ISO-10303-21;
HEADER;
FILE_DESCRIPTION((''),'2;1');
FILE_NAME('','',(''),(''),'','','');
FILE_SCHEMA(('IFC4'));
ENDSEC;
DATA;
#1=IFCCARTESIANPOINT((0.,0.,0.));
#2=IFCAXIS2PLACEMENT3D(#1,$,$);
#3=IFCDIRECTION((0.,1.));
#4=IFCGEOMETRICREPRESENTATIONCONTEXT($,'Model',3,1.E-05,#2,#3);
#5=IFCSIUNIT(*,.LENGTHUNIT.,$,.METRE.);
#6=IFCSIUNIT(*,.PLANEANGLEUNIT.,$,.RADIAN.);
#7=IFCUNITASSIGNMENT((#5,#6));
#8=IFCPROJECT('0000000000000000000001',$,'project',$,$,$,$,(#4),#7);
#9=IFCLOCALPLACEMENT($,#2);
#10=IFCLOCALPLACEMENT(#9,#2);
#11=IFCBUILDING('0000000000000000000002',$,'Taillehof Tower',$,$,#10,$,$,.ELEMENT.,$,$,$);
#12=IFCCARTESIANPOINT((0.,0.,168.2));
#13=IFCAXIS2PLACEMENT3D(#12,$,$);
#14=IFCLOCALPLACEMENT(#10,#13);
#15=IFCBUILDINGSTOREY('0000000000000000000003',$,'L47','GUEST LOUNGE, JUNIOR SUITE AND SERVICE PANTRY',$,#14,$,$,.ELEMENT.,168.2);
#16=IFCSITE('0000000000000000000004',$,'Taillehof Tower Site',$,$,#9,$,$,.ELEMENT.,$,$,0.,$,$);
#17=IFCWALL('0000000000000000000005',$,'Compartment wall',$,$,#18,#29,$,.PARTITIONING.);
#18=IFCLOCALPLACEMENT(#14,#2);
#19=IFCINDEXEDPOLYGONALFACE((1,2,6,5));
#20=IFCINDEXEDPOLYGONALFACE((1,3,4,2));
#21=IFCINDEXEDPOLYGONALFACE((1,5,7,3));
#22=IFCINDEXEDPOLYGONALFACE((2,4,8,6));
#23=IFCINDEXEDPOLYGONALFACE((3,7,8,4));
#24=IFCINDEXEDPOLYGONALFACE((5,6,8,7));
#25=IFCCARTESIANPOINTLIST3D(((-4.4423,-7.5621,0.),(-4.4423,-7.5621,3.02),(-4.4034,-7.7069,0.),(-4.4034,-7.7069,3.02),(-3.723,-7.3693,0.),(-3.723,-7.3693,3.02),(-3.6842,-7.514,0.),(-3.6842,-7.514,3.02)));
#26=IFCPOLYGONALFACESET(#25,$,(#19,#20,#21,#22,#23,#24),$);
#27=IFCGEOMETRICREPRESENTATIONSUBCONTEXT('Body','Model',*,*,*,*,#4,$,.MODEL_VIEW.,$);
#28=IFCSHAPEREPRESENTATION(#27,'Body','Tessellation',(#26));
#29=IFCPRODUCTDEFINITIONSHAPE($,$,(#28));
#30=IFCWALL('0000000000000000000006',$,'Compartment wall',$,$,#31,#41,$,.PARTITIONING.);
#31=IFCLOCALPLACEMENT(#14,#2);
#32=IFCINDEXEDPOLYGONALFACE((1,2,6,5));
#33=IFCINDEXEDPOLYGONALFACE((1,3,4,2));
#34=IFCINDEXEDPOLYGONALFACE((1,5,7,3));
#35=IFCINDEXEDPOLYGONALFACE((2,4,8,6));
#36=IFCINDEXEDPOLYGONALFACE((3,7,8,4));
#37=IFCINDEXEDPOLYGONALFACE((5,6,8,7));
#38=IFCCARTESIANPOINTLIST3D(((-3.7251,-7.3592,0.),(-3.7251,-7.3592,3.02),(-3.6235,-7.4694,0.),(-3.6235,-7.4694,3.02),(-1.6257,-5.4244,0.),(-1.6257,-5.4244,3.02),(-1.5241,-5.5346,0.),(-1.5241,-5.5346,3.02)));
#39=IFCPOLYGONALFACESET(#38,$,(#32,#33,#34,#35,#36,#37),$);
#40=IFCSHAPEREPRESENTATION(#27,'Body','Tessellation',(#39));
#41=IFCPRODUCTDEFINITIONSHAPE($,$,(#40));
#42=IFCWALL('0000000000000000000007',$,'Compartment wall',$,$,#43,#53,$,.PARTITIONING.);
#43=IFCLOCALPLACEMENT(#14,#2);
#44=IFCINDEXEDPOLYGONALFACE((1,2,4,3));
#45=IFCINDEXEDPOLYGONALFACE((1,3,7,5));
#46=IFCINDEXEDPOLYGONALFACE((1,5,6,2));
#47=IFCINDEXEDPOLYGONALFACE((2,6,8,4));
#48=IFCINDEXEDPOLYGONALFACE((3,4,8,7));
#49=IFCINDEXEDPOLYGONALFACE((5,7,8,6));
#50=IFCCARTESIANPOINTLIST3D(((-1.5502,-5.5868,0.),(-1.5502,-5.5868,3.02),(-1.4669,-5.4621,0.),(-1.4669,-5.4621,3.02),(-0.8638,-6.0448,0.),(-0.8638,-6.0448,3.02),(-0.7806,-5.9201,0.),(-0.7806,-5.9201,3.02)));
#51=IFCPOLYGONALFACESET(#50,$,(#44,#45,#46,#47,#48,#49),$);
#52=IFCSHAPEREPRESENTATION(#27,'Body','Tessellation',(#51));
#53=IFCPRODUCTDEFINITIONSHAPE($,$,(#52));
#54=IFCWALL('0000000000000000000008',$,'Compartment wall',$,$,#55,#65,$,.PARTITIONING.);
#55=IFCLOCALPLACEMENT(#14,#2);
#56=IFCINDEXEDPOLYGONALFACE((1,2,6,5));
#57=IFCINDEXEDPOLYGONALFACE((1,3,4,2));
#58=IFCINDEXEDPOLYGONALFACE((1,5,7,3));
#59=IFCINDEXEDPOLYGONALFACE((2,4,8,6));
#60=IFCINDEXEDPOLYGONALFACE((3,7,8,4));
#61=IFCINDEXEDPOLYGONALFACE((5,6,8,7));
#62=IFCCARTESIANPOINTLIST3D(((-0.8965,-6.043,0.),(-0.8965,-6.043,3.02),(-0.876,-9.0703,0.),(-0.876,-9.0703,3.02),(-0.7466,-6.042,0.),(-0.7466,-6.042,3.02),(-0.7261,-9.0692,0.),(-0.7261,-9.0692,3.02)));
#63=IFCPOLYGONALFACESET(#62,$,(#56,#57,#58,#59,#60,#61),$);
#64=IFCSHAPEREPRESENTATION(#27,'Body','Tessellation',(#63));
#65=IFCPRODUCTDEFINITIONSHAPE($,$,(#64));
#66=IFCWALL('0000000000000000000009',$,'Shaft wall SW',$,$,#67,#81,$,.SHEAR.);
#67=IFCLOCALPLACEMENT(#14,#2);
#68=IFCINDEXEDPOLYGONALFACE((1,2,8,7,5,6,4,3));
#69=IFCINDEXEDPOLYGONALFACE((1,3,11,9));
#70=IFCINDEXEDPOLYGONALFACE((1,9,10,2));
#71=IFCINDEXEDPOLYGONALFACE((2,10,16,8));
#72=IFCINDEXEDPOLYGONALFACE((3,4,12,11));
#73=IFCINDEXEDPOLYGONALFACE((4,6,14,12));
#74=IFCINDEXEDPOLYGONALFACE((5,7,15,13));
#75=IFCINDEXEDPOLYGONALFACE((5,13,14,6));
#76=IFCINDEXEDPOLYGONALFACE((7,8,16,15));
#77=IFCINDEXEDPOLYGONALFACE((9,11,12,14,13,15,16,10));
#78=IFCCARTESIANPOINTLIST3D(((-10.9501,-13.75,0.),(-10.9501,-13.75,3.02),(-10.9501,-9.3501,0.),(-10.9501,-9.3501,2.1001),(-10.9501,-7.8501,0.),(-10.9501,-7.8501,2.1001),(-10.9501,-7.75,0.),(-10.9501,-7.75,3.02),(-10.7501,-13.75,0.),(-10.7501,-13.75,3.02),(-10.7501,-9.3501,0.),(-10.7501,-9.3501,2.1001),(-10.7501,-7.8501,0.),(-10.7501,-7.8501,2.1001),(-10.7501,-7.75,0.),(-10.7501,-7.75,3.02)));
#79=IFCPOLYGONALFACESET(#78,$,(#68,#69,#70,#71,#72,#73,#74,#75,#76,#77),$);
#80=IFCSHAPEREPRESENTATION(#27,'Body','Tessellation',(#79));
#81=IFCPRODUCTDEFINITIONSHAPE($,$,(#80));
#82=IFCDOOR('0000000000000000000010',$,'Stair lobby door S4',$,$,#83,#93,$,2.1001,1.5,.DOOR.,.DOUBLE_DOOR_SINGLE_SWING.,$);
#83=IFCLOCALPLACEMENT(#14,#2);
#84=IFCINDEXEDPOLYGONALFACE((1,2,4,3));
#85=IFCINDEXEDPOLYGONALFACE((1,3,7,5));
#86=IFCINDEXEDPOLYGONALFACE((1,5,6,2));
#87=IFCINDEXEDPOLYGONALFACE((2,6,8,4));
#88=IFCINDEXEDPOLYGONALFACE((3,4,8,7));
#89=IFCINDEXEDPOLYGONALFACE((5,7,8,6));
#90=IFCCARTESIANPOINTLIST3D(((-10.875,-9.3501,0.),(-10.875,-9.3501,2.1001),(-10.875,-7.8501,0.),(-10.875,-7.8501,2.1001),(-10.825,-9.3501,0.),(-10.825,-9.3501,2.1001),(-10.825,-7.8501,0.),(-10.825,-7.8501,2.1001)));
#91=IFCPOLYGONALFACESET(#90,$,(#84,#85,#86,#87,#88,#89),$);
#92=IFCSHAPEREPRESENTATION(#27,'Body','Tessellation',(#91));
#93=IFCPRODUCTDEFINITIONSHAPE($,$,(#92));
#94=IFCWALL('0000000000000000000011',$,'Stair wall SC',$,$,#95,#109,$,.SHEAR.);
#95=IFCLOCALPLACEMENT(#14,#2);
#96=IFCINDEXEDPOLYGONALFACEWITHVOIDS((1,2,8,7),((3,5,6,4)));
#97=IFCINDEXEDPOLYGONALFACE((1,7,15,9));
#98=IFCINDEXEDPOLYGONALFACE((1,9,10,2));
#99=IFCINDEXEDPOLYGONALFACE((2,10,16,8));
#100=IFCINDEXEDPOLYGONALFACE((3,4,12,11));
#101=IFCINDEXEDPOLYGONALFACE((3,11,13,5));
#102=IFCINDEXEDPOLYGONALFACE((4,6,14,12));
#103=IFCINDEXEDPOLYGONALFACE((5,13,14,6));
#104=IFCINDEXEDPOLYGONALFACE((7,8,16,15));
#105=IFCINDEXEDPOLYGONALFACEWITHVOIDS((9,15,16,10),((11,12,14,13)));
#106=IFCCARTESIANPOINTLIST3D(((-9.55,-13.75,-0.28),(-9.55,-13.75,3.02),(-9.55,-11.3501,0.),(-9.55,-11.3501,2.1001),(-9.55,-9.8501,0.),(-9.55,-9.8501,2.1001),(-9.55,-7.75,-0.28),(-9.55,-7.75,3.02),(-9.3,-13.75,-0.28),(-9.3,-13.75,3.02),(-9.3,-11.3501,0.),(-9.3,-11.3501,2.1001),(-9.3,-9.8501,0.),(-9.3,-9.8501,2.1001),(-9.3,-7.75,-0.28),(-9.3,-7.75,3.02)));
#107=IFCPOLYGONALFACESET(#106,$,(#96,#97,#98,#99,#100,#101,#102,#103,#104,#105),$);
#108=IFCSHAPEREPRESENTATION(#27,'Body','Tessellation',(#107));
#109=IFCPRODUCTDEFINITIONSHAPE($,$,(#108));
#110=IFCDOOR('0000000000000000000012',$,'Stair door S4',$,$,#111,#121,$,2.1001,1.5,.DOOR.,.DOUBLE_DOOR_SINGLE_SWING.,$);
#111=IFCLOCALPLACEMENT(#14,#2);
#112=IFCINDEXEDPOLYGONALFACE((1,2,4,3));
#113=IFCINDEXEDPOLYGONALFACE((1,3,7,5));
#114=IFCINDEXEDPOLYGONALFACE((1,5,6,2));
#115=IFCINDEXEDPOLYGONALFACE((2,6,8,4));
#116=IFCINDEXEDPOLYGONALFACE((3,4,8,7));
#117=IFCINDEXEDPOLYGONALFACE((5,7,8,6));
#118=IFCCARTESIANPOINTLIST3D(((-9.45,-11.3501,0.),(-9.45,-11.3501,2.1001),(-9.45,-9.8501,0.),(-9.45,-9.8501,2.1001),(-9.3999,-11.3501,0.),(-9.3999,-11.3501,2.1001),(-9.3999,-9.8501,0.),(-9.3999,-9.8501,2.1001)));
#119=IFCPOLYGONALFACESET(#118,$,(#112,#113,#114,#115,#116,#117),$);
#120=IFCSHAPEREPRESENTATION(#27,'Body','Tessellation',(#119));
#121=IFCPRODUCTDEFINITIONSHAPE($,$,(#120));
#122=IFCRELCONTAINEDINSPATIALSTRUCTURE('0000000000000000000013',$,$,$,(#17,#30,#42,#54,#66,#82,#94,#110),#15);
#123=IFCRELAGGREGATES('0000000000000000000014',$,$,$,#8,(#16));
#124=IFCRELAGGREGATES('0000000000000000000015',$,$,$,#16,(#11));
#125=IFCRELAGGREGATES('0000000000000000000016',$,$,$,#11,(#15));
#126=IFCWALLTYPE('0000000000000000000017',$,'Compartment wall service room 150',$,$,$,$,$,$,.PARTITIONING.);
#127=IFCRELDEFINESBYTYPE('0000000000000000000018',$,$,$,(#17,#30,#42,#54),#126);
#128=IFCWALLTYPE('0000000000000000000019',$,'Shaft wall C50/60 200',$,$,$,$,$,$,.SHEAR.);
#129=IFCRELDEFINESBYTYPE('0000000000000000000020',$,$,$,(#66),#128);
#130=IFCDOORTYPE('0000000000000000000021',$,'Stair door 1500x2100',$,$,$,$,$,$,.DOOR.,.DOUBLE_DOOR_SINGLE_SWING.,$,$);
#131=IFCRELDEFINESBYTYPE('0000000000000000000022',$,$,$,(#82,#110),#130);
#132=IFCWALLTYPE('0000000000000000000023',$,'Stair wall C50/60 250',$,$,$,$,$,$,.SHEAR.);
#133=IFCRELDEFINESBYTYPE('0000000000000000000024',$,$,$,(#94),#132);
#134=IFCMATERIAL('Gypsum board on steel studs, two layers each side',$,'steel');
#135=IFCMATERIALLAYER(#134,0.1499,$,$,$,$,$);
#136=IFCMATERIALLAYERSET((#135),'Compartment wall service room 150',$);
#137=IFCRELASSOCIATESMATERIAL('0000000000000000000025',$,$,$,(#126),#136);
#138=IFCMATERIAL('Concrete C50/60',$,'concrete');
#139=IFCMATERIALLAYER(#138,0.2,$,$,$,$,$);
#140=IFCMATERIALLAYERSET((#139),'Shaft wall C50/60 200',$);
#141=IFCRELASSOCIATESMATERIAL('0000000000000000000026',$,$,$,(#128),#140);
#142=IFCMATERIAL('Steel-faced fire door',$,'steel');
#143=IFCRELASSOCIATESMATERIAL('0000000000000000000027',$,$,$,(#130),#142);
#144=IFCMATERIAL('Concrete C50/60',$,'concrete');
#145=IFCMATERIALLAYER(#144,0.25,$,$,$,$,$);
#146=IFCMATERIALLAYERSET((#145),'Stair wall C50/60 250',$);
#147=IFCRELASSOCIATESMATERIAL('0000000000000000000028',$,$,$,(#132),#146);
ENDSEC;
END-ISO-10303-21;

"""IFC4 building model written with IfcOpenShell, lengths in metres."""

from ifc_helpers import new_model, si_unit, direction, frame, frame_2d, origin, place, context, subcontext, project, spatial, rectangle, extrude, material, layer, layer_set, type_object, element, fill, save


model = new_model("IFC4")

# Units and contexts
model_context = context("Model", 3, precision=1e-05, world=origin(), true_north=direction((0.0, 1.0)))
body_context = subcontext(model_context, "Body", "Model", "MODEL_VIEW")
ifc_project = project(units=[si_unit("LENGTHUNIT", "METRE"), si_unit("PLANEANGLEUNIT", "RADIAN")], contexts=[model_context])

# Site, building, storey
site_placement = place(None, origin())
site = spatial("IfcSite", under=ifc_project, at=site_placement, Name="Taillehof Tower Site", CompositionType="ELEMENT", RefElevation=0.0)
building_placement = place(site_placement, origin())
building = spatial("IfcBuilding", under=site, at=building_placement, Name="Taillehof Tower", CompositionType="ELEMENT")
storey_placement = place(building_placement, frame((0.0, 0.0, 168.2)))
storey = spatial("IfcBuildingStorey", under=building, at=storey_placement, Name="L47", Description="GUEST LOUNGE, JUNIOR SUITE AND SERVICE PANTRY", CompositionType="ELEMENT", Elevation=168.2)

# Walls
ifc_material_1 = material(Name="Gypsum board on steel studs, two layers each side", Category="steel")
ifc_layer_1 = layer(ifc_material_1, 0.1499)
ifc_layer_set_1 = layer_set([ifc_layer_1], Name="Compartment wall service room 150")
wall_type_1 = type_object("IfcWallType", Name="Compartment wall service room 150", PredefinedType="PARTITIONING", material=ifc_layer_set_1)
wall_1_placement = place(storey_placement, frame((-4.4229, -7.6345, 0.0), z_axis=(0.0, 0.0, 1.0), x_axis=(0.965875, 0.259009, 0.0)))
element("IfcWall", 1, at=wall_1_placement, inside=storey, type_object=wall_type_1, Name="Compartment wall", PredefinedType="PARTITIONING", context=body_context, shape_type="SweptSolid", body=[
    extrude(rectangle(XDim=0.7446, YDim=0.1499, at=frame_2d((0.3723, 0.0))), origin(), (0.0, 0.0, 1.0), 3.02),
])
wall_2_placement = place(storey_placement, frame((-3.6743, -7.4143, 0.0), z_axis=(0.0, 0.0, 1.0), x_axis=(0.735338, 0.677701, 0.0)))
element("IfcWall", 2, at=wall_2_placement, inside=storey, type_object=wall_type_1, Name="Compartment wall", PredefinedType="PARTITIONING", context=body_context, shape_type="SweptSolid", body=[
    extrude(rectangle(XDim=2.855, YDim=0.1499, at=frame_2d((1.4275, 0.0))), origin(), (0.0, 0.0, 1.0), 3.02),
])
wall_3_placement = place(storey_placement, frame((-1.5085, -5.5244, 0.0), z_axis=(0.0, 0.0, 1.0), x_axis=(0.831777, -0.55511, 0.0)))
element("IfcWall", 3, at=wall_3_placement, inside=storey, type_object=wall_type_1, Name="Compartment wall", PredefinedType="PARTITIONING", context=body_context, shape_type="SweptSolid", body=[
    extrude(rectangle(XDim=0.8252, YDim=0.1499, at=frame_2d((0.4126, 0.0))), origin(), (0.0, 0.0, 1.0), 3.02),
])
wall_4_placement = place(storey_placement, frame((-0.8215, -6.0425, 0.0), z_axis=(0.0, 0.0, 1.0), x_axis=(0.006774, -0.999977, 0.0)))
element("IfcWall", 4, at=wall_4_placement, inside=storey, type_object=wall_type_1, Name="Compartment wall", PredefinedType="PARTITIONING", context=body_context, shape_type="SweptSolid", body=[
    extrude(rectangle(XDim=3.0273, YDim=0.1499, at=frame_2d((1.5137, 0.0))), origin(), (0.0, 0.0, 1.0), 3.02),
])

# Walls, openings, doors
ifc_material_2 = material(Name="Concrete C50/60", Category="concrete")
ifc_layer_2 = layer(ifc_material_2, 0.2)
ifc_layer_set_2 = layer_set([ifc_layer_2], Name="Shaft wall C50/60 200")
wall_type_2 = type_object("IfcWallType", Name="Shaft wall C50/60 200", PredefinedType="SHEAR", material=ifc_layer_set_2)
wall_5_placement = place(storey_placement, frame((-10.8501, -13.75, 0.0), z_axis=(0.0, 0.0, 1.0), x_axis=(0.0, 1.0, 0.0)))
wall_5 = element("IfcWall", 5, at=wall_5_placement, inside=storey, type_object=wall_type_2, Name="Shaft wall SW", PredefinedType="SHEAR", context=body_context, shape_type="SweptSolid", body=[
    extrude(rectangle(XDim=6.0, YDim=0.2, at=frame_2d((3.0, 0.0))), origin(), (0.0, 0.0, 1.0), 3.02),
])
opening_1_placement = place(wall_5_placement, frame((4.3999, 0.0, 0.0)))
opening_1 = element("IfcOpeningElement", 6, at=opening_1_placement, cuts=wall_5, PredefinedType="OPENING", context=body_context, shape_type="SweptSolid", body=[
    extrude(rectangle(XDim=1.5, YDim=2.1001, at=frame_2d((0.75, 1.05))), frame((0.0, 0.1099, 0.0), z_axis=(0.0, -1.0, 0.0), x_axis=(1.0, 0.0, 0.0)), (0.0, 0.0, 1.0), 0.22),
])
ifc_material_3 = material(Name="Steel-faced fire door", Category="steel")
door_type_1 = type_object("IfcDoorType", Name="Stair door 1500x2100", OperationType="DOUBLE_DOOR_SINGLE_SWING", PredefinedType="DOOR", material=ifc_material_3)
door_1_placement = place(opening_1_placement, origin())
door_1 = element("IfcDoor", 7, at=door_1_placement, inside=storey, type_object=door_type_1, Name="Stair lobby door S4", OperationType="DOUBLE_DOOR_SINGLE_SWING", OverallHeight=2.1001, OverallWidth=1.5, PredefinedType="DOOR", context=body_context, shape_type="SweptSolid", body=[
    extrude(rectangle(XDim=1.5, YDim=2.1001, at=frame_2d((0.75, 1.05))), frame((0.0, 0.0249, 0.0), z_axis=(0.0, -1.0, 0.0), x_axis=(1.0, 0.0, 0.0)), (0.0, 0.0, 1.0), 0.05),
])
fill(opening_1, door_1)
ifc_material_4 = material(Name="Concrete C50/60", Category="concrete")
ifc_layer_3 = layer(ifc_material_4, 0.25)
ifc_layer_set_3 = layer_set([ifc_layer_3], Name="Stair wall C50/60 250")
wall_type_3 = type_object("IfcWallType", Name="Stair wall C50/60 250", PredefinedType="SHEAR", material=ifc_layer_set_3)
wall_6_placement = place(storey_placement, frame((-9.425, -13.75, -0.28), z_axis=(0.0, 0.0, 1.0), x_axis=(0.0, 1.0, 0.0)))
wall_6 = element("IfcWall", 8, at=wall_6_placement, inside=storey, type_object=wall_type_3, Name="Stair wall SC", PredefinedType="SHEAR", context=body_context, shape_type="SweptSolid", body=[
    extrude(rectangle(XDim=6.0, YDim=0.25, at=frame_2d((3.0, 0.0))), origin(), (0.0, 0.0, 1.0), 3.3),
])
opening_2_placement = place(wall_6_placement, frame((2.3999, 0.0, 0.28)))
opening_2 = element("IfcOpeningElement", 9, at=opening_2_placement, cuts=wall_6, PredefinedType="OPENING", context=body_context, shape_type="SweptSolid", body=[
    extrude(rectangle(XDim=1.5, YDim=2.1001, at=frame_2d((0.75, 1.05))), frame((0.0, 0.135, 0.0), z_axis=(0.0, -1.0, 0.0), x_axis=(1.0, 0.0, 0.0)), (0.0, 0.0, 1.0), 0.27),
])
door_2_placement = place(opening_2_placement, origin())
door_2 = element("IfcDoor", 10, at=door_2_placement, inside=storey, type_object=door_type_1, Name="Stair door S4", OperationType="DOUBLE_DOOR_SINGLE_SWING", OverallHeight=2.1001, OverallWidth=1.5, PredefinedType="DOOR", context=body_context, shape_type="SweptSolid", body=[
    extrude(rectangle(XDim=1.5, YDim=2.1001, at=frame_2d((0.75, 1.05))), frame((0.0, 0.0249, 0.0), z_axis=(0.0, -1.0, 0.0), x_axis=(1.0, 0.0, 0.0)), (0.0, 0.0, 1.0), 0.05),
])
fill(opening_2, door_2)

save(model, "model.ifc")
